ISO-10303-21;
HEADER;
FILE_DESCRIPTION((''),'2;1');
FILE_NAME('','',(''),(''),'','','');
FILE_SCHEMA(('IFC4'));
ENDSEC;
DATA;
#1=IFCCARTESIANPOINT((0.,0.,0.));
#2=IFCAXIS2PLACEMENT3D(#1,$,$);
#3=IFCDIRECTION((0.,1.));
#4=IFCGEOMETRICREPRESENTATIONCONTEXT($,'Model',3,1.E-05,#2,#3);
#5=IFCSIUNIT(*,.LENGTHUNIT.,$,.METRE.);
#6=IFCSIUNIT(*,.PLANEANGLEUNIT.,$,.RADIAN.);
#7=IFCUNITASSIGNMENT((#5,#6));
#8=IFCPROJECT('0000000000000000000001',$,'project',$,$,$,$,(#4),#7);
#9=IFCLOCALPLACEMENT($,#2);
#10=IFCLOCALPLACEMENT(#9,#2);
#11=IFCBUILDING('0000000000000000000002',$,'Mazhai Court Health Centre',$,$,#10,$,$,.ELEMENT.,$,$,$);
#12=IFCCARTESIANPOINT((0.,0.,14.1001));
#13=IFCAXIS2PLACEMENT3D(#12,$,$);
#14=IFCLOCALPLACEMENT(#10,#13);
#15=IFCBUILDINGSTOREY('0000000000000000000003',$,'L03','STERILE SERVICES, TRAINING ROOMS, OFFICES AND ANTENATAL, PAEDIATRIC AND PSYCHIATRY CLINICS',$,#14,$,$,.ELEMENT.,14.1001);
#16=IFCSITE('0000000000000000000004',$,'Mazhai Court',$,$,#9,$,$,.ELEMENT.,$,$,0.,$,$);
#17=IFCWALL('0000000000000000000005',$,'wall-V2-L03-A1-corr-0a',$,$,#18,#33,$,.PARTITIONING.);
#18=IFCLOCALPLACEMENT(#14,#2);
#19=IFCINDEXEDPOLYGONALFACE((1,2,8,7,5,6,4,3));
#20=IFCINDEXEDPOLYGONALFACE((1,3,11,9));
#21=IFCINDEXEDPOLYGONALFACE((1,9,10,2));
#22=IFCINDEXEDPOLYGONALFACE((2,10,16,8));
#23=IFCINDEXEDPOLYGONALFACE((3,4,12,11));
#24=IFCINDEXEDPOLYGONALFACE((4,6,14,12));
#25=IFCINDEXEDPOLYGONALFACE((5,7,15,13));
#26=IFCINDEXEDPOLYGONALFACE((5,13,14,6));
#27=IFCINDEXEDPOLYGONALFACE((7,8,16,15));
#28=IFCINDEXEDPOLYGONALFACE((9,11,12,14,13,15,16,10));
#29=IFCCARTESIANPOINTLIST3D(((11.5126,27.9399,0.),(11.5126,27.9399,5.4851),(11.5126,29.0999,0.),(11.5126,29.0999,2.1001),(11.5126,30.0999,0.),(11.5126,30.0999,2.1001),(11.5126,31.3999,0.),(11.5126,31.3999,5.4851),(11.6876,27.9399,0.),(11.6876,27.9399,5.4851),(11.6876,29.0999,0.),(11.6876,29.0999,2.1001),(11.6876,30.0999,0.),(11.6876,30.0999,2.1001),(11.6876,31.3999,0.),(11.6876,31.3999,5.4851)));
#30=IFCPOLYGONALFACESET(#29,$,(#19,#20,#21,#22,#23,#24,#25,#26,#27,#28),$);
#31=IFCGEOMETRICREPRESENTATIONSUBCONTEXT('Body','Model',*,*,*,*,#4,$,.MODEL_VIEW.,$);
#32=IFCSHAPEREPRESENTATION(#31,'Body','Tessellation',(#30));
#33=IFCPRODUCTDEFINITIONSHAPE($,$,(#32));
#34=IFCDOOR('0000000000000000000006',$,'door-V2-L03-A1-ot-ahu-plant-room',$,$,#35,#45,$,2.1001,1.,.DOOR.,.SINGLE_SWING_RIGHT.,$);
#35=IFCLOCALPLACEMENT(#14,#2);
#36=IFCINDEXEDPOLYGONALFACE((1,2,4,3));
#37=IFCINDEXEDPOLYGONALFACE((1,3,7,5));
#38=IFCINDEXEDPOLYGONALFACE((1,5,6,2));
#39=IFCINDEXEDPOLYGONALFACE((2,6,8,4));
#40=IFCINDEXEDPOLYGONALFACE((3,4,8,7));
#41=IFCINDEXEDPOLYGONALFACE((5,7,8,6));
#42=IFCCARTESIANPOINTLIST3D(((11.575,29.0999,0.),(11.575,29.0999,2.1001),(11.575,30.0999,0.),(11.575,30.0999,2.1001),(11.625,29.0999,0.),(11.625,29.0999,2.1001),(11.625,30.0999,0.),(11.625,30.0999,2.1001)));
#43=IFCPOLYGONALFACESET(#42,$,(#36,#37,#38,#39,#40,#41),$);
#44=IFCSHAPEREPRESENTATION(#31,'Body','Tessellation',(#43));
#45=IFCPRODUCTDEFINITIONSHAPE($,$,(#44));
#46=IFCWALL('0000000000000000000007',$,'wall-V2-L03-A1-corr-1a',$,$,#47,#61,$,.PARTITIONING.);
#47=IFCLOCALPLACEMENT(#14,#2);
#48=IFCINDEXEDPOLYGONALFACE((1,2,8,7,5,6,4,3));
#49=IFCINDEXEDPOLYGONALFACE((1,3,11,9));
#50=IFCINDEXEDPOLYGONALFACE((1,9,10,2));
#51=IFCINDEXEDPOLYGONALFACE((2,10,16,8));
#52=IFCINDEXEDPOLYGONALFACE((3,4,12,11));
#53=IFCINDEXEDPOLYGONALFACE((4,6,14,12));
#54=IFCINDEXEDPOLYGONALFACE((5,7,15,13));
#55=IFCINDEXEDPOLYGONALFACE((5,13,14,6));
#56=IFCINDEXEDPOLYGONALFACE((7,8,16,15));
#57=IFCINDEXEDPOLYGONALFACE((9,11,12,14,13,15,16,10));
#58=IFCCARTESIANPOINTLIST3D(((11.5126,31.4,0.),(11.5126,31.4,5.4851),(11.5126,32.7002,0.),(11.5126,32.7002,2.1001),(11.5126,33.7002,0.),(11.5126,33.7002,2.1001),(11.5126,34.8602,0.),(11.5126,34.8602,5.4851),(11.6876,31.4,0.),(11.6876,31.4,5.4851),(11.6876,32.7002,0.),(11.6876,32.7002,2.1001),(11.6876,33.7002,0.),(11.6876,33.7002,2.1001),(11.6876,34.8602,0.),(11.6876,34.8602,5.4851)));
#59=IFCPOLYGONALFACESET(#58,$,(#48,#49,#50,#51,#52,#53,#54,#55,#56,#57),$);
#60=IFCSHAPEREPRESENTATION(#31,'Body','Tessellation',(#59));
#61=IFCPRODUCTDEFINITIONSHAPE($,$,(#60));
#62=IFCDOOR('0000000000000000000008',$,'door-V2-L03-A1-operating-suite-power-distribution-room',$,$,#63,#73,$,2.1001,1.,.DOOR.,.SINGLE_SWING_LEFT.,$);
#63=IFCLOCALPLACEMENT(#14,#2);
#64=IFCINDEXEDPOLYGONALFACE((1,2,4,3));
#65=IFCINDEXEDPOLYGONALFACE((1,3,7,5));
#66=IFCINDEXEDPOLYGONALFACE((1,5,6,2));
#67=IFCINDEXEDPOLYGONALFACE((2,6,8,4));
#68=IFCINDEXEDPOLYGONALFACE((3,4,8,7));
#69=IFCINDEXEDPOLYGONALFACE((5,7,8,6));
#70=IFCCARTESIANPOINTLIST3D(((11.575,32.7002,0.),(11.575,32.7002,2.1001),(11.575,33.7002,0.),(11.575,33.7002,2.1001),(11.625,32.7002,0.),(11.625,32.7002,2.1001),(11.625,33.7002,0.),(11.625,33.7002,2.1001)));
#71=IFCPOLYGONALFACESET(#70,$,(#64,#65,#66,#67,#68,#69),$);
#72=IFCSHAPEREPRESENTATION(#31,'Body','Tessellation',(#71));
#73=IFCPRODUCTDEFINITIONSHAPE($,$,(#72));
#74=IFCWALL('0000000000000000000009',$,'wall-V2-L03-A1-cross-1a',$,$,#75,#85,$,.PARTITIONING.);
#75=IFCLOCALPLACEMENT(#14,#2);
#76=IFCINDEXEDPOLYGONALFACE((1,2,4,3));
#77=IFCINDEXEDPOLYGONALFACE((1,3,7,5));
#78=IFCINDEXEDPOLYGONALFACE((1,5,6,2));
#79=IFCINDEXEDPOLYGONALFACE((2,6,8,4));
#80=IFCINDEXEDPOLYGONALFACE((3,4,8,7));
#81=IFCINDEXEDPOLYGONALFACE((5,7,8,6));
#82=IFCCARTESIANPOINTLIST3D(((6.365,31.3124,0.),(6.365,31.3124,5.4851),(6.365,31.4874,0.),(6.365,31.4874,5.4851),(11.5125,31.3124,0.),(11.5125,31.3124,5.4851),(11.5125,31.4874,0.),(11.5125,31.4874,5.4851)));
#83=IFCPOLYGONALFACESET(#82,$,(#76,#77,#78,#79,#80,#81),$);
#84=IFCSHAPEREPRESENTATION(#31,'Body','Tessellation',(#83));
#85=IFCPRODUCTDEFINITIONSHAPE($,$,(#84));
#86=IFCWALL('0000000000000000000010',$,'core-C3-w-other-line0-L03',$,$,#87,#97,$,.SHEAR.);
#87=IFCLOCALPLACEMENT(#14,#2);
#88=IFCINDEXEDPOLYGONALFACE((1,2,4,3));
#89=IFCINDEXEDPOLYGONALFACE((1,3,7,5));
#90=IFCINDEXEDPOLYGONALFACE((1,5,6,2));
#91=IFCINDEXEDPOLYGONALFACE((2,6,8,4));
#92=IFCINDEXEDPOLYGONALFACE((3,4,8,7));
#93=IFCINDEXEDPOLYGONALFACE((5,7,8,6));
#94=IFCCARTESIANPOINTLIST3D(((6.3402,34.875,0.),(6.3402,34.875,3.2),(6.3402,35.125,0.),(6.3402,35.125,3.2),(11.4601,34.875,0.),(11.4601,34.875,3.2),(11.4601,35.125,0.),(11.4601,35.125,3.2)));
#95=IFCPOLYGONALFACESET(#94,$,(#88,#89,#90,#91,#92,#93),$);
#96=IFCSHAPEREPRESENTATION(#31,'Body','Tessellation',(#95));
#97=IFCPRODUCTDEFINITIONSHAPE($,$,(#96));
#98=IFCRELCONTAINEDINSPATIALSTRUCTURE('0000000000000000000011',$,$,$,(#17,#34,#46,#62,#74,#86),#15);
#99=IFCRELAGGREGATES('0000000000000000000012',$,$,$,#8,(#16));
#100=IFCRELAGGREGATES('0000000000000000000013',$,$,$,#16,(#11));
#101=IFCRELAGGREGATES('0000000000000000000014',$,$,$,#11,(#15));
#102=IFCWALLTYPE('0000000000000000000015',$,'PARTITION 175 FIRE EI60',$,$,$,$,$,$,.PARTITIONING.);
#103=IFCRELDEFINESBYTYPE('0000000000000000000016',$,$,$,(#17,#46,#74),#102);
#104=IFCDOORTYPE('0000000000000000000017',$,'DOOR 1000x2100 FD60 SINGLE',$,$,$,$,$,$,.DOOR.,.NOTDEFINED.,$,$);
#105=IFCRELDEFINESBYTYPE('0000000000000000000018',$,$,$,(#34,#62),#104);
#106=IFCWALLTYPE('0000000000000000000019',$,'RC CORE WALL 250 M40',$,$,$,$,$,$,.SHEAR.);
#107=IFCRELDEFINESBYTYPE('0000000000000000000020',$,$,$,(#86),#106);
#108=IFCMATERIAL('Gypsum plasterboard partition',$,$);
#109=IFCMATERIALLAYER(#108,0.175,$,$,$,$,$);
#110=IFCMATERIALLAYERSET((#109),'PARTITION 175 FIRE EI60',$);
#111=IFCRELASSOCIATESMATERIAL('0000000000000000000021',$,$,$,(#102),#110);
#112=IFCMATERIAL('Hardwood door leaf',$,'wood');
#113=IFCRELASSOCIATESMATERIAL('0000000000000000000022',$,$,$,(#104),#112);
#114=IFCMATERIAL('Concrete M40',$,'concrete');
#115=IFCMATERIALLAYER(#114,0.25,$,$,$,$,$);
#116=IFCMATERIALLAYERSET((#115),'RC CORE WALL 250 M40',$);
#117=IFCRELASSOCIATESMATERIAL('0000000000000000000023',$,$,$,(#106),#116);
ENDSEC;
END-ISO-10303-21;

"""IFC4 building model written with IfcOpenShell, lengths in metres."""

from ifc_helpers import new_model, si_unit, direction, frame, frame_2d, origin, place, context, subcontext, project, spatial, rectangle, extrude, material, layer, layer_set, type_object, element, fill, save


model = new_model("IFC4")

# Units and contexts
model_context = context("Model", 3, precision=1e-05, world=origin(), true_north=direction((0.0, 1.0)))
body_context = subcontext(model_context, "Body", "Model", "MODEL_VIEW")
ifc_project = project(units=[si_unit("LENGTHUNIT", "METRE"), si_unit("PLANEANGLEUNIT", "RADIAN")], contexts=[model_context])

# Site, building, storey
site_placement = place(None, origin())
site = spatial("IfcSite", under=ifc_project, at=site_placement, Name="Mazhai Court", CompositionType="ELEMENT", RefElevation=0.0)
building_placement = place(site_placement, origin())
building = spatial("IfcBuilding", under=site, at=building_placement, Name="Mazhai Court Health Centre", CompositionType="ELEMENT")
storey_placement = place(building_placement, frame((0.0, 0.0, 14.1001)))
storey = spatial("IfcBuildingStorey", under=building, at=storey_placement, Name="L03", Description="STERILE SERVICES, TRAINING ROOMS, OFFICES AND ANTENATAL, PAEDIATRIC AND PSYCHIATRY CLINICS", CompositionType="ELEMENT", Elevation=14.1001)

# Walls, openings, doors
ifc_material_1 = material(Name="Gypsum plasterboard partition")
ifc_layer_1 = layer(ifc_material_1, 0.175)
ifc_layer_set_1 = layer_set([ifc_layer_1], Name="PARTITION 175 FIRE EI60")
wall_type_1 = type_object("IfcWallType", Name="PARTITION 175 FIRE EI60", PredefinedType="PARTITIONING", material=ifc_layer_set_1)
wall_1_placement = place(storey_placement, frame((11.6001, 31.3999, 0.0), z_axis=(0.0, 0.0, 1.0), x_axis=(0.0, -1.0, 0.0)))
wall_1 = element("IfcWall", 1, at=wall_1_placement, inside=storey, type_object=wall_type_1, Name="wall-V2-L03-A1-corr-0a", PredefinedType="PARTITIONING", context=body_context, shape_type="SweptSolid", body=[
    extrude(rectangle(XDim=3.46, YDim=0.175, at=frame_2d((1.73, 0.0))), origin(), (0.0, 0.0, 1.0), 5.4851),
])
opening_1_placement = place(wall_1_placement, frame((1.3, 0.0, 0.0)))
opening_1 = element("IfcOpeningElement", 2, at=opening_1_placement, cuts=wall_1, PredefinedType="OPENING", context=body_context, shape_type="SweptSolid", body=[
    extrude(rectangle(XDim=1.0, YDim=2.1001, at=frame_2d((0.5, 1.05))), frame((0.0, 0.0974, 0.0), z_axis=(0.0, -1.0, 0.0), x_axis=(1.0, 0.0, 0.0)), (0.0, 0.0, 1.0), 0.1951),
])
ifc_material_2 = material(Name="Hardwood door leaf", Category="wood")
door_type = type_object("IfcDoorType", Name="DOOR 1000x2100 FD60 SINGLE", OperationType="NOTDEFINED", PredefinedType="DOOR", material=ifc_material_2)
door_1_placement = place(opening_1_placement, origin())
door_1 = element("IfcDoor", 3, at=door_1_placement, inside=storey, type_object=door_type, Name="door-V2-L03-A1-ot-ahu-plant-room", OperationType="SINGLE_SWING_RIGHT", OverallHeight=2.1001, OverallWidth=1.0, PredefinedType="DOOR", context=body_context, shape_type="SweptSolid", body=[
    extrude(rectangle(XDim=1.0, YDim=2.1001, at=frame_2d((0.5, 1.05))), frame((0.0, 0.0249, 0.0), z_axis=(0.0, -1.0, 0.0), x_axis=(1.0, 0.0, 0.0)), (0.0, 0.0, 1.0), 0.05),
])
fill(opening_1, door_1)
wall_2_placement = place(storey_placement, frame((11.6001, 34.8601, 0.0), z_axis=(0.0, 0.0, 1.0), x_axis=(0.0, -1.0, 0.0)))
wall_2 = element("IfcWall", 4, at=wall_2_placement, inside=storey, type_object=wall_type_1, Name="wall-V2-L03-A1-corr-1a", PredefinedType="PARTITIONING", context=body_context, shape_type="SweptSolid", body=[
    extrude(rectangle(XDim=3.4602, YDim=0.175, at=frame_2d((1.73, 0.0))), origin(), (0.0, 0.0, 1.0), 5.4851),
])
opening_2_placement = place(wall_2_placement, frame((1.1599, 0.0, 0.0)))
opening_2 = element("IfcOpeningElement", 5, at=opening_2_placement, cuts=wall_2, PredefinedType="OPENING", context=body_context, shape_type="SweptSolid", body=[
    extrude(rectangle(XDim=1.0, YDim=2.1001, at=frame_2d((0.5, 1.05))), frame((0.0, 0.0974, 0.0), z_axis=(0.0, -1.0, 0.0), x_axis=(1.0, 0.0, 0.0)), (0.0, 0.0, 1.0), 0.1951),
])
door_2_placement = place(opening_2_placement, origin())
door_2 = element("IfcDoor", 6, at=door_2_placement, inside=storey, type_object=door_type, Name="door-V2-L03-A1-operating-suite-power-distribution-room", OperationType="SINGLE_SWING_LEFT", OverallHeight=2.1001, OverallWidth=1.0, PredefinedType="DOOR", context=body_context, shape_type="SweptSolid", body=[
    extrude(rectangle(XDim=1.0, YDim=2.1001, at=frame_2d((0.5, 1.05))), frame((0.0, 0.0249, 0.0), z_axis=(0.0, -1.0, 0.0), x_axis=(1.0, 0.0, 0.0)), (0.0, 0.0, 1.0), 0.05),
])
fill(opening_2, door_2)

# Walls
wall_3_placement = place(storey_placement, frame((6.365, 31.3999, 0.0), z_axis=(0.0, 0.0, 1.0), x_axis=(1.0, 0.0, 0.0)))
element("IfcWall", 7, at=wall_3_placement, inside=storey, type_object=wall_type_1, Name="wall-V2-L03-A1-cross-1a", PredefinedType="PARTITIONING", context=body_context, shape_type="SweptSolid", body=[
    extrude(rectangle(XDim=5.1475, YDim=0.175, at=frame_2d((2.5737, 0.0))), origin(), (0.0, 0.0, 1.0), 5.4851),
])
ifc_material_3 = material(Name="Concrete M40", Category="concrete")
ifc_layer_2 = layer(ifc_material_3, 0.25)
ifc_layer_set_2 = layer_set([ifc_layer_2], Name="RC CORE WALL 250 M40")
wall_type_2 = type_object("IfcWallType", Name="RC CORE WALL 250 M40", PredefinedType="SHEAR", material=ifc_layer_set_2)
wall_4_placement = place(storey_placement, frame((6.3401, 35.0, 0.0), z_axis=(0.0, 0.0, 1.0), x_axis=(1.0, 0.0, 0.0)))
element("IfcWall", 8, at=wall_4_placement, inside=storey, type_object=wall_type_2, Name="core-C3-w-other-line0-L03", PredefinedType="SHEAR", context=body_context, shape_type="SweptSolid", body=[
    extrude(rectangle(XDim=5.1199, YDim=0.25, at=frame_2d((2.5601, 0.0))), origin(), (0.0, 0.0, 1.0), 3.2),
])

save(model, "model.ifc")
